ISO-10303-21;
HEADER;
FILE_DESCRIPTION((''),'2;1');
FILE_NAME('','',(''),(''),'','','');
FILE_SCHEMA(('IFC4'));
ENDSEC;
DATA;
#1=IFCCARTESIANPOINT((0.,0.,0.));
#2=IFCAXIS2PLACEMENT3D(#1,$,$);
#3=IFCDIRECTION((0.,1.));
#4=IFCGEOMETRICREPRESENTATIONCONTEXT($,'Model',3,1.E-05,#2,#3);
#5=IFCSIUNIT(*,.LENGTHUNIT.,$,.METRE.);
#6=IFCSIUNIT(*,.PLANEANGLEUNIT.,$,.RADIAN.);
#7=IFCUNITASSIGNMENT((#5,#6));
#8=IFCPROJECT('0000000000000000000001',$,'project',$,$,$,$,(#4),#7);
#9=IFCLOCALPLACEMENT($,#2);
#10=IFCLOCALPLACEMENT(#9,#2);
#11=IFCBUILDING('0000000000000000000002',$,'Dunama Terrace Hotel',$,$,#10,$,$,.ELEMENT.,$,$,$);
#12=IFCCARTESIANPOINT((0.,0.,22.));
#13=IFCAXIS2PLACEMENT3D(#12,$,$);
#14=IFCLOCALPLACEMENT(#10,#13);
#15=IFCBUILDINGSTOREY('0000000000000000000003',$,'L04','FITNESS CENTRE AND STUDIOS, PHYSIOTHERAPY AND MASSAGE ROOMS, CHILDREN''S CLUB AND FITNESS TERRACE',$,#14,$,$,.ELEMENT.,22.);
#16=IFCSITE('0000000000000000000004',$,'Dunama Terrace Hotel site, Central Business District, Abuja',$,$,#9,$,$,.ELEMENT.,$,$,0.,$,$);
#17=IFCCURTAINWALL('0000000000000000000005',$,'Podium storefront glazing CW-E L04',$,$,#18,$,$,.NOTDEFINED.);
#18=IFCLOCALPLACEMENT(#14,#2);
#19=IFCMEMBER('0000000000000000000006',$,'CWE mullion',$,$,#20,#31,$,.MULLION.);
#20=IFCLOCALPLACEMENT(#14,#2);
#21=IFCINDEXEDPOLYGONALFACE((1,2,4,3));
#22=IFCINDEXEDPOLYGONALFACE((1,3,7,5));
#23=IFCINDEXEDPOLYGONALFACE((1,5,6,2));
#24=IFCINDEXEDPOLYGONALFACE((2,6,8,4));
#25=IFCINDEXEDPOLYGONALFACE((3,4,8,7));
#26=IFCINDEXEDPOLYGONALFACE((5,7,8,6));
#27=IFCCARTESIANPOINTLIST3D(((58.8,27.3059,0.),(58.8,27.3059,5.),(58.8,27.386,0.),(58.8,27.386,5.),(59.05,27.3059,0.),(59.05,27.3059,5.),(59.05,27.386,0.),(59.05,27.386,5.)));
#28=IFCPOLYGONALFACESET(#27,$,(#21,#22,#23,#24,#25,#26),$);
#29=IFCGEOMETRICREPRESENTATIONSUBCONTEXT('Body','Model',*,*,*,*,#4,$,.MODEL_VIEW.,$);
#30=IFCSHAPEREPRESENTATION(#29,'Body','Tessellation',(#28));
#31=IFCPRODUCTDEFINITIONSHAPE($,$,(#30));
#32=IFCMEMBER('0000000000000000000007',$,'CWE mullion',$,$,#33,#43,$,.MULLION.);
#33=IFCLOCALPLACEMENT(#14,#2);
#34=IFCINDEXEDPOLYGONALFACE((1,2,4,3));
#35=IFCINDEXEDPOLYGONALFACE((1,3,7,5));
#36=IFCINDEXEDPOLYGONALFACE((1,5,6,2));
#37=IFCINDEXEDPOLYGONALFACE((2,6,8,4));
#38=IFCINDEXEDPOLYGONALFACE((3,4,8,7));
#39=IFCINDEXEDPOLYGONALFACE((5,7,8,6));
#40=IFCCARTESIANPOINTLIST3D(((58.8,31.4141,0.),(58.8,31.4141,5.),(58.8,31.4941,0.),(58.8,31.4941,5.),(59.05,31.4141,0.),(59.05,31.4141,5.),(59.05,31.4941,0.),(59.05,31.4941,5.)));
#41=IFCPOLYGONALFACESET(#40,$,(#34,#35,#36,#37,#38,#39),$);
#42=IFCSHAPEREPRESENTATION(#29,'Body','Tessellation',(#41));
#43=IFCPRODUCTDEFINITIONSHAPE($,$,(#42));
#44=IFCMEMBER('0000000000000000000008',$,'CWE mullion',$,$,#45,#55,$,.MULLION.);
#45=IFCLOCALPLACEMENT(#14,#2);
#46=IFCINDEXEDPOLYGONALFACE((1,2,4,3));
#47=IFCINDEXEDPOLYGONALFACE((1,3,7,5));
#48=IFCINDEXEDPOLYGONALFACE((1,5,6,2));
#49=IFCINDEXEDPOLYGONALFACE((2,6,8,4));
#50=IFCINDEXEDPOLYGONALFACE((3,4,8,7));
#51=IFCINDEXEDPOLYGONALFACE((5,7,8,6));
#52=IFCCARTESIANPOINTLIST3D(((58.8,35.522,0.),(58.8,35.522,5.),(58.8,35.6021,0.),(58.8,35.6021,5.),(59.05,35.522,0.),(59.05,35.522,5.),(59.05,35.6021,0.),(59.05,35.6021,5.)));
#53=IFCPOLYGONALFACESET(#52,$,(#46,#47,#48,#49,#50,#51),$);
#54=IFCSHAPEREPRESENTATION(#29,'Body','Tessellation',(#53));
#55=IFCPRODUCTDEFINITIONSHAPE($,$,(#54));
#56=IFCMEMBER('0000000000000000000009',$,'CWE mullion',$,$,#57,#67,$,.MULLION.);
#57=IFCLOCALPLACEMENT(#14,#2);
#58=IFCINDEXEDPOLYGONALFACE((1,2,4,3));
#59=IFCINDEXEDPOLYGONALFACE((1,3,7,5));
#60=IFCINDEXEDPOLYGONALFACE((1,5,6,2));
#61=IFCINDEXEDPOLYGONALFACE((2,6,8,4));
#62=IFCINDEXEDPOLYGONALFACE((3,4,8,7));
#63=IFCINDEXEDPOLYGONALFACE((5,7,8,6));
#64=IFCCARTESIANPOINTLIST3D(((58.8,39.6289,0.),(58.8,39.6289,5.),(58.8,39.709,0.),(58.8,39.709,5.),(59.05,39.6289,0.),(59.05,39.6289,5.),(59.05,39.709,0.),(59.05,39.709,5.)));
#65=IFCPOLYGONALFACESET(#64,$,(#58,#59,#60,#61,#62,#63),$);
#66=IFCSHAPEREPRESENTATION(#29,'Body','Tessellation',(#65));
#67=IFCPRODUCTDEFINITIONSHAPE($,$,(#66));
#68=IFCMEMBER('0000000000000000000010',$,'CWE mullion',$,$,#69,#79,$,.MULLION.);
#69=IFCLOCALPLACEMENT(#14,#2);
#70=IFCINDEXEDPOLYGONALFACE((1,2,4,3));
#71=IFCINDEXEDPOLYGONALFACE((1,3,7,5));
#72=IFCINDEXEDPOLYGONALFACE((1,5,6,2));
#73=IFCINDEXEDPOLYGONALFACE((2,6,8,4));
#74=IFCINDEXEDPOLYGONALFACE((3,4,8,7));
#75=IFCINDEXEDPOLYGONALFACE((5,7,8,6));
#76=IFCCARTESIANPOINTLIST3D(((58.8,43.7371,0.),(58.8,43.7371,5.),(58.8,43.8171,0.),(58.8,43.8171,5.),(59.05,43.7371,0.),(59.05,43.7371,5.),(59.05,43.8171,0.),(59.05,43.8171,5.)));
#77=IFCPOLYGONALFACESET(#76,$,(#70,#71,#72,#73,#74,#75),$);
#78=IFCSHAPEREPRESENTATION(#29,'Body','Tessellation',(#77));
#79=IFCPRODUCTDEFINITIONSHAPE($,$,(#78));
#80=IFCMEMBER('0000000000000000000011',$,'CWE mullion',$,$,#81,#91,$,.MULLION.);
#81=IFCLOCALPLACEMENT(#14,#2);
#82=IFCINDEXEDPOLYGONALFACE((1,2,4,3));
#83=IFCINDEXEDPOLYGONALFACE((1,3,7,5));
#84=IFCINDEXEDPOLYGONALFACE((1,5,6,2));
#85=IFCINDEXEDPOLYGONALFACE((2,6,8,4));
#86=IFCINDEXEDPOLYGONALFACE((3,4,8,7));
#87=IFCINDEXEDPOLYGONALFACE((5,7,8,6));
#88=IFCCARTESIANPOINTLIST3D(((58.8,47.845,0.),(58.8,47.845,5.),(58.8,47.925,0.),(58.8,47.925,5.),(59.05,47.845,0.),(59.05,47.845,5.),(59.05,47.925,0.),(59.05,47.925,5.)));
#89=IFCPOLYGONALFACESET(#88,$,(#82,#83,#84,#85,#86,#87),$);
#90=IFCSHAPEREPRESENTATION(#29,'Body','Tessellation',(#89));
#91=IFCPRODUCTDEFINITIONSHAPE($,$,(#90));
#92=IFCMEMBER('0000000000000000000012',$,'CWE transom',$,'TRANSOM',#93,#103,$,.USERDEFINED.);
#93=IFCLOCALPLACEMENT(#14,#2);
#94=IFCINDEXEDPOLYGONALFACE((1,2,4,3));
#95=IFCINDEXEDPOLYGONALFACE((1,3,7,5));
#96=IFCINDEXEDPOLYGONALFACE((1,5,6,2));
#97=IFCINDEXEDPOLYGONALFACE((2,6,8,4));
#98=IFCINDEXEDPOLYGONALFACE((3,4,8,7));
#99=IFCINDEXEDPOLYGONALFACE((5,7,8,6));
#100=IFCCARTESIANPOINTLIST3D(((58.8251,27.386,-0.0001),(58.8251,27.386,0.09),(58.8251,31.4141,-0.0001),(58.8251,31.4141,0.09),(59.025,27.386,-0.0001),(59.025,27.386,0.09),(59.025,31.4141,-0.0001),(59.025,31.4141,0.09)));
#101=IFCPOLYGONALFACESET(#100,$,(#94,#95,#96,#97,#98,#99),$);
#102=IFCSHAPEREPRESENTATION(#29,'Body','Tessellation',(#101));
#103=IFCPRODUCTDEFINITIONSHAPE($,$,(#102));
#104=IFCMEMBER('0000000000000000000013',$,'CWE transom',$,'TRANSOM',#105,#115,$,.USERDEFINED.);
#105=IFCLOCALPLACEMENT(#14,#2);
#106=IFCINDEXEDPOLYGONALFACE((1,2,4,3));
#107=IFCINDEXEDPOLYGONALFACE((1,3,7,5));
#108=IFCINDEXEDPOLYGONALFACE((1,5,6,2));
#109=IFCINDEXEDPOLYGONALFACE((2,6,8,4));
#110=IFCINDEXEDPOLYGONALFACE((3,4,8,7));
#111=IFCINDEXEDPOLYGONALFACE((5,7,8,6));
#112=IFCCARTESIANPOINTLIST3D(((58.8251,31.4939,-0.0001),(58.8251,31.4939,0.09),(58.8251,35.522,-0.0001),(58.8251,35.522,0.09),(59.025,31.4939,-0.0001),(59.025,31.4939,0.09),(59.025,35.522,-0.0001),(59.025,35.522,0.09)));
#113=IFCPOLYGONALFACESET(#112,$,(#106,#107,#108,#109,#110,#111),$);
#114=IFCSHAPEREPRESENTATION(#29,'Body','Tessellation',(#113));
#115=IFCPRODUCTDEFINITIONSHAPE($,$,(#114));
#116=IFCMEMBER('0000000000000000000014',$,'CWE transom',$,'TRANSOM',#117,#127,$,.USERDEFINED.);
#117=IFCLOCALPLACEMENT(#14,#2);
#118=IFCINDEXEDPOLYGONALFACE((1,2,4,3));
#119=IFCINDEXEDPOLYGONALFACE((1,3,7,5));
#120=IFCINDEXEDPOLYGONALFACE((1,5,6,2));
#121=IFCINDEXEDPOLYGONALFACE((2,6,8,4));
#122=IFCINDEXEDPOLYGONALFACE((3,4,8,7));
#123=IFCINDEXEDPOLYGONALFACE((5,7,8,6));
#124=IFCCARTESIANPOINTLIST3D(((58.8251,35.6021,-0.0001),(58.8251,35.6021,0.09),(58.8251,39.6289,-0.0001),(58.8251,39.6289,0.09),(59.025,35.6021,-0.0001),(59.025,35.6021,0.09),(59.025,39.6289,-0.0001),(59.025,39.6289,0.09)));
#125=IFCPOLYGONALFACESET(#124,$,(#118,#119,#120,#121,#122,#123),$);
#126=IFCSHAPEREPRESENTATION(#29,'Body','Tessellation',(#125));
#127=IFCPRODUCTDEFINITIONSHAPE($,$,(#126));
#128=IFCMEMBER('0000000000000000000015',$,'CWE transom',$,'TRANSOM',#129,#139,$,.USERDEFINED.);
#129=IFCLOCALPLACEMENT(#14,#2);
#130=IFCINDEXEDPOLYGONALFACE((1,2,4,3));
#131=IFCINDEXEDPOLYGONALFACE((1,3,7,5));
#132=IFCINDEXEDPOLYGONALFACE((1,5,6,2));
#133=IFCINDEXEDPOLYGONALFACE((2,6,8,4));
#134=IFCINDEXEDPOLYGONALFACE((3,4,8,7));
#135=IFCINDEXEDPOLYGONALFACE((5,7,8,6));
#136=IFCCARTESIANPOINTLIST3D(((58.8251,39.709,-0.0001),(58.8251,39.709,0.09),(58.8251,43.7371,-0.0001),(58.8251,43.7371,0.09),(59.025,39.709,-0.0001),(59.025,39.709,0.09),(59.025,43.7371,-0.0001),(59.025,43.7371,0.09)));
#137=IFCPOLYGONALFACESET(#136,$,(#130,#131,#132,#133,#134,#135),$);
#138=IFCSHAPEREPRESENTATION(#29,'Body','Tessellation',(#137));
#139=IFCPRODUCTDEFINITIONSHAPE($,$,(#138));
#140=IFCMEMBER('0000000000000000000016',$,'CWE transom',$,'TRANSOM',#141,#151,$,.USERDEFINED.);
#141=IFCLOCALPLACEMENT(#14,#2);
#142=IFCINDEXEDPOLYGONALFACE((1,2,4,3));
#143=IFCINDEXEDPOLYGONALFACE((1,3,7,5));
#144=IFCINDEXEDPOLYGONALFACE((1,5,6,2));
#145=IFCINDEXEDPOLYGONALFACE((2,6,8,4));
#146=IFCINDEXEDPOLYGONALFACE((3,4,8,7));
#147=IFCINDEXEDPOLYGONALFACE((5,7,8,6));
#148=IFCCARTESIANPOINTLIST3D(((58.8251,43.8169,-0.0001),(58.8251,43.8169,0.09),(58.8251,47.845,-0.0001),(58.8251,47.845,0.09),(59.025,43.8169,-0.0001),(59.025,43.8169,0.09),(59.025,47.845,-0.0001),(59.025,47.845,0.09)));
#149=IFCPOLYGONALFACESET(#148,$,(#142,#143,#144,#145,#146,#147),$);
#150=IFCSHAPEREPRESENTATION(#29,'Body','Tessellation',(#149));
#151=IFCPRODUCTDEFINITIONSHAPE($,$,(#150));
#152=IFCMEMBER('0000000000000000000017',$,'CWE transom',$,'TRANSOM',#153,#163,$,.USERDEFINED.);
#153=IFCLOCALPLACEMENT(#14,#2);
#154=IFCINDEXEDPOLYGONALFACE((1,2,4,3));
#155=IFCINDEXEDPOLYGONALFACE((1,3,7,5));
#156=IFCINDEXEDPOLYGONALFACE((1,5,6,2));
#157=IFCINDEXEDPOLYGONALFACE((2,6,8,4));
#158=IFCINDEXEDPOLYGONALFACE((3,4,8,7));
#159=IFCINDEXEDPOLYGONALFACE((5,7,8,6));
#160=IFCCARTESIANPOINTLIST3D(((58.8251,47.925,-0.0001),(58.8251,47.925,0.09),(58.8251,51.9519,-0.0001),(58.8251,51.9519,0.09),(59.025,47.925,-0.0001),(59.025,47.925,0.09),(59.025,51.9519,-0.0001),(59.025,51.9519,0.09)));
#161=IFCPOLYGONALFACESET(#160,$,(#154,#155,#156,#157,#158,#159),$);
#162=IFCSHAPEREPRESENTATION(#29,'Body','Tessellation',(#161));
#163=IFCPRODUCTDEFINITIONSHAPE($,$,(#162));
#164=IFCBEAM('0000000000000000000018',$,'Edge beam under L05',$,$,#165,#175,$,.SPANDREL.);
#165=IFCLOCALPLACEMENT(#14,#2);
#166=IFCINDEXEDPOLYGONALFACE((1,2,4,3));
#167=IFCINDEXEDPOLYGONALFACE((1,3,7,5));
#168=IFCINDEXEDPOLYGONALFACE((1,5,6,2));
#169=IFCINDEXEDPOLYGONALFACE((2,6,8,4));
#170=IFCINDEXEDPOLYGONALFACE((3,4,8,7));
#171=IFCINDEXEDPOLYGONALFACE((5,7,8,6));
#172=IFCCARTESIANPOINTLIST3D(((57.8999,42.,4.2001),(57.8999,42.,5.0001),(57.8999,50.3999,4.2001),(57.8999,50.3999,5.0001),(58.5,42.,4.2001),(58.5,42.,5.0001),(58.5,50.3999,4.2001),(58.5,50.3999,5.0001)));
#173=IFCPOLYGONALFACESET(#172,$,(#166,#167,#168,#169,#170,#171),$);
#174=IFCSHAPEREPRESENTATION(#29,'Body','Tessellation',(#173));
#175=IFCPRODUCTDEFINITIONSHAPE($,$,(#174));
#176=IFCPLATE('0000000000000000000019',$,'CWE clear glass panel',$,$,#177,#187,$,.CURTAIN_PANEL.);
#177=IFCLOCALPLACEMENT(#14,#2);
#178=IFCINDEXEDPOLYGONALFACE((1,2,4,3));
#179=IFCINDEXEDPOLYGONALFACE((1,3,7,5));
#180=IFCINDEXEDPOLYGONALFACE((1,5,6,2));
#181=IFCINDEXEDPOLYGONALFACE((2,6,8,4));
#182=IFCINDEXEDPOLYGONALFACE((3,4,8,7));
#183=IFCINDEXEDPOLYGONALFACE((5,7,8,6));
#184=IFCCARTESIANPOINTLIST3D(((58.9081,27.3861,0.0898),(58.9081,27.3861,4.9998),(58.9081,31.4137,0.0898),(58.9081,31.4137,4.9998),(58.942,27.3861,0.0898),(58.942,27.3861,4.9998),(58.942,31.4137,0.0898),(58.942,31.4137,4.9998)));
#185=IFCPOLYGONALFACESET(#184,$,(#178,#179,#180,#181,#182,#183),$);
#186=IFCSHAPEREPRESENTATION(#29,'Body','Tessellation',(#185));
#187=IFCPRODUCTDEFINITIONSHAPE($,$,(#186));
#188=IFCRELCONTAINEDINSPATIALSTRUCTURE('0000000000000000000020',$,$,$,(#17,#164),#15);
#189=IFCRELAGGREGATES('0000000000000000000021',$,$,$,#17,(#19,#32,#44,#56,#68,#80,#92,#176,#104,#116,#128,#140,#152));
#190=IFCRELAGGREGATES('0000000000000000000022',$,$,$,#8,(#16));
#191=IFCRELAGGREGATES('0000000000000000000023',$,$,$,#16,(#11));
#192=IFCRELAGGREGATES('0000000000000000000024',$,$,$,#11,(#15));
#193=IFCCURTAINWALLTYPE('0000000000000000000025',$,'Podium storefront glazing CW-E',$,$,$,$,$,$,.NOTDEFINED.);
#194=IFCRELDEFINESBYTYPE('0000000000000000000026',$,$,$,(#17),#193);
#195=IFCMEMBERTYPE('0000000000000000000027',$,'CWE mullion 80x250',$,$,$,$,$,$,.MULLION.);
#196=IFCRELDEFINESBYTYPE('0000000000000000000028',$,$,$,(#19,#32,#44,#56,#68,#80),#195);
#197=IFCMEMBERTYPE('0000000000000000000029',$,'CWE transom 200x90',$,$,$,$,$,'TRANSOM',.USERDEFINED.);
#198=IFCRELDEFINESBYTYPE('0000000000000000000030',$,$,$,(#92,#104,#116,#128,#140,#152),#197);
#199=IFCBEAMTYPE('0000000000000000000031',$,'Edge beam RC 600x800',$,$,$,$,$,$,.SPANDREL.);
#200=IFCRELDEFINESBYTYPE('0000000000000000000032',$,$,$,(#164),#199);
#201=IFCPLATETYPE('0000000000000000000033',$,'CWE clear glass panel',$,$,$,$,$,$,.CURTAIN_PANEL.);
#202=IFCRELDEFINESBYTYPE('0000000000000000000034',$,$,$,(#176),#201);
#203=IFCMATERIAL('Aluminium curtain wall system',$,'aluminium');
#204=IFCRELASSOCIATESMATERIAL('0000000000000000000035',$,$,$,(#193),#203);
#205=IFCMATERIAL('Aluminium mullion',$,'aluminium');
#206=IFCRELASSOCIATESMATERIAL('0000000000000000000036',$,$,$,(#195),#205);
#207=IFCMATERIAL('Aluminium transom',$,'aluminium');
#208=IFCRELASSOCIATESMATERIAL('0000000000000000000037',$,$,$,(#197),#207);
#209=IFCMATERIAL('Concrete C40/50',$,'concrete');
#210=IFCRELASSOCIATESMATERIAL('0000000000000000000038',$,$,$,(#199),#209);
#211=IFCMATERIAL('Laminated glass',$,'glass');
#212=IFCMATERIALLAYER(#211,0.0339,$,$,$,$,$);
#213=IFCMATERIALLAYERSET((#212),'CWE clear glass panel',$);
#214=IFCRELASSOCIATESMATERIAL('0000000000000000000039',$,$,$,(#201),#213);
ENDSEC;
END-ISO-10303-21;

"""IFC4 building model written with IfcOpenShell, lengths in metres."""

from ifc_helpers import new_model, si_unit, direction, frame, origin, origin_2d, place, context, subcontext, project, spatial, rectangle, extrude, material, layer, layer_set, material_profile, profile_set, type_object, element, aggregate, save


model = new_model("IFC4")

# Units and contexts
model_context = context("Model", 3, precision=1e-05, world=origin(), true_north=direction((0.0, 1.0)))
body_context = subcontext(model_context, "Body", "Model", "MODEL_VIEW")
ifc_project = project(units=[si_unit("LENGTHUNIT", "METRE"), si_unit("PLANEANGLEUNIT", "RADIAN")], contexts=[model_context])

# Site, building, storey
site_placement = place(None, origin())
site = spatial("IfcSite", under=ifc_project, at=site_placement, Name="Dunama Terrace Hotel site, Central Business District, Abuja", CompositionType="ELEMENT", RefElevation=0.0)
building_placement = place(site_placement, origin())
building = spatial("IfcBuilding", under=site, at=building_placement, Name="Dunama Terrace Hotel", CompositionType="ELEMENT")
storey_placement = place(building_placement, frame((0.0, 0.0, 22.0)))
storey = spatial("IfcBuildingStorey", under=building, at=storey_placement, Name="L04", Description="FITNESS CENTRE AND STUDIOS, PHYSIOTHERAPY AND MASSAGE ROOMS, CHILDREN'S CLUB AND FITNESS TERRACE", CompositionType="ELEMENT", Elevation=22.0)

# Curtain wall, members
ifc_material_1 = material(Name="Aluminium curtain wall system", Category="aluminium")
curtain_wall_type = type_object("IfcCurtainWallType", Name="Podium storefront glazing CW-E", PredefinedType="NOTDEFINED", material=ifc_material_1)
curtain_wall_placement = place(storey_placement, origin())
curtain_wall = element("IfcCurtainWall", 1, at=curtain_wall_placement, inside=storey, type_object=curtain_wall_type, Name="Podium storefront glazing CW-E L04", PredefinedType="NOTDEFINED")
ifc_material_2 = material(Name="Aluminium mullion", Category="aluminium")
ifc_material_profile_1 = material_profile(ifc_material_2, rectangle(XDim=0.0801, YDim=0.25, at=origin_2d()), Name="CWE MULLION 80X250")
ifc_profile_set_1 = profile_set([ifc_material_profile_1], Name="Aluminium mullion")
member_type_1 = type_object("IfcMemberType", Name="CWE mullion 80x250", PredefinedType="MULLION", material=ifc_profile_set_1)
member_1_placement = place(storey_placement, frame((58.925, 27.3459, 0.0), z_axis=(0.0, 0.0, 1.0), x_axis=(0.0, 1.0, 0.0)))
member_1 = element("IfcMember", 2, at=member_1_placement, type_object=member_type_1, Name="CWE mullion", PredefinedType="MULLION", context=body_context, shape_type="SweptSolid", body=[
    extrude(rectangle(XDim=0.0801, YDim=0.25, at=origin_2d()), origin(), (0.0, 0.0, 1.0), 5.0),
])
member_2_placement = place(storey_placement, frame((58.925, 31.4541, 0.0), z_axis=(0.0, 0.0, 1.0), x_axis=(0.0, 1.0, 0.0)))
member_2 = element("IfcMember", 3, at=member_2_placement, type_object=member_type_1, Name="CWE mullion", PredefinedType="MULLION", context=body_context, shape_type="SweptSolid", body=[
    extrude(rectangle(XDim=0.0801, YDim=0.25, at=origin_2d()), origin(), (0.0, 0.0, 1.0), 5.0),
])
member_3_placement = place(storey_placement, frame((58.925, 35.562, 0.0), z_axis=(0.0, 0.0, 1.0), x_axis=(0.0, 1.0, 0.0)))
member_3 = element("IfcMember", 4, at=member_3_placement, type_object=member_type_1, Name="CWE mullion", PredefinedType="MULLION", context=body_context, shape_type="SweptSolid", body=[
    extrude(rectangle(XDim=0.0801, YDim=0.25, at=origin_2d()), origin(), (0.0, 0.0, 1.0), 5.0),
])
member_4_placement = place(storey_placement, frame((58.925, 39.6689, 0.0), z_axis=(0.0, 0.0, 1.0), x_axis=(0.0, 1.0, 0.0)))
member_4 = element("IfcMember", 5, at=member_4_placement, type_object=member_type_1, Name="CWE mullion", PredefinedType="MULLION", context=body_context, shape_type="SweptSolid", body=[
    extrude(rectangle(XDim=0.0801, YDim=0.25, at=origin_2d()), origin(), (0.0, 0.0, 1.0), 5.0),
])
member_5_placement = place(storey_placement, frame((58.925, 43.7771, 0.0), z_axis=(0.0, 0.0, 1.0), x_axis=(0.0, 1.0, 0.0)))
member_5 = element("IfcMember", 6, at=member_5_placement, type_object=member_type_1, Name="CWE mullion", PredefinedType="MULLION", context=body_context, shape_type="SweptSolid", body=[
    extrude(rectangle(XDim=0.0801, YDim=0.25, at=origin_2d()), origin(), (0.0, 0.0, 1.0), 5.0),
])
member_6_placement = place(storey_placement, frame((58.925, 47.885, 0.0), z_axis=(0.0, 0.0, 1.0), x_axis=(0.0, 1.0, 0.0)))
member_6 = element("IfcMember", 7, at=member_6_placement, type_object=member_type_1, Name="CWE mullion", PredefinedType="MULLION", context=body_context, shape_type="SweptSolid", body=[
    extrude(rectangle(XDim=0.0801, YDim=0.25, at=origin_2d()), origin(), (0.0, 0.0, 1.0), 5.0),
])
ifc_material_3 = material(Name="Aluminium transom", Category="aluminium")
ifc_material_profile_2 = material_profile(ifc_material_3, rectangle(XDim=0.2, YDim=0.0901, at=origin_2d()), Name="CWE TRANSOM 200X90")
ifc_profile_set_2 = profile_set([ifc_material_profile_2], Name="Aluminium transom")
member_type_2 = type_object("IfcMemberType", Name="CWE transom 200x90", ElementType="TRANSOM", PredefinedType="USERDEFINED", material=ifc_profile_set_2)
member_7_placement = place(storey_placement, frame((58.925, 27.386, 0.0449), z_axis=(0.0, 1.0, 0.0), x_axis=(-1.0, 0.0, 0.0)))
member_7 = element("IfcMember", 8, at=member_7_placement, type_object=member_type_2, Name="CWE transom", ObjectType="TRANSOM", PredefinedType="USERDEFINED", context=body_context, shape_type="SweptSolid", body=[
    extrude(rectangle(XDim=0.2, YDim=0.0901, at=origin_2d()), origin(), (0.0, 0.0, 1.0), 4.0281),
])
member_8_placement = place(storey_placement, frame((58.925, 31.4939, 0.0449), z_axis=(0.0, 1.0, 0.0), x_axis=(-1.0, 0.0, 0.0)))
member_8 = element("IfcMember", 9, at=member_8_placement, type_object=member_type_2, Name="CWE transom", ObjectType="TRANSOM", PredefinedType="USERDEFINED", context=body_context, shape_type="SweptSolid", body=[
    extrude(rectangle(XDim=0.2, YDim=0.0901, at=origin_2d()), origin(), (0.0, 0.0, 1.0), 4.0281),
])
member_9_placement = place(storey_placement, frame((58.925, 35.6021, 0.0449), z_axis=(0.0, 1.0, 0.0), x_axis=(-1.0, 0.0, 0.0)))
member_9 = element("IfcMember", 10, at=member_9_placement, type_object=member_type_2, Name="CWE transom", ObjectType="TRANSOM", PredefinedType="USERDEFINED", context=body_context, shape_type="SweptSolid", body=[
    extrude(rectangle(XDim=0.2, YDim=0.0901, at=origin_2d()), origin(), (0.0, 0.0, 1.0), 4.0269),
])
member_10_placement = place(storey_placement, frame((58.925, 39.709, 0.0449), z_axis=(0.0, 1.0, 0.0), x_axis=(-1.0, 0.0, 0.0)))
member_10 = element("IfcMember", 11, at=member_10_placement, type_object=member_type_2, Name="CWE transom", ObjectType="TRANSOM", PredefinedType="USERDEFINED", context=body_context, shape_type="SweptSolid", body=[
    extrude(rectangle(XDim=0.2, YDim=0.0901, at=origin_2d()), origin(), (0.0, 0.0, 1.0), 4.0281),
])
member_11_placement = place(storey_placement, frame((58.925, 43.8169, 0.0449), z_axis=(0.0, 1.0, 0.0), x_axis=(-1.0, 0.0, 0.0)))
member_11 = element("IfcMember", 12, at=member_11_placement, type_object=member_type_2, Name="CWE transom", ObjectType="TRANSOM", PredefinedType="USERDEFINED", context=body_context, shape_type="SweptSolid", body=[
    extrude(rectangle(XDim=0.2, YDim=0.0901, at=origin_2d()), origin(), (0.0, 0.0, 1.0), 4.0281),
])
member_12_placement = place(storey_placement, frame((58.925, 47.925, 0.0449), z_axis=(0.0, 1.0, 0.0), x_axis=(-1.0, 0.0, 0.0)))
member_12 = element("IfcMember", 13, at=member_12_placement, type_object=member_type_2, Name="CWE transom", ObjectType="TRANSOM", PredefinedType="USERDEFINED", context=body_context, shape_type="SweptSolid", body=[
    extrude(rectangle(XDim=0.2, YDim=0.0901, at=origin_2d()), origin(), (0.0, 0.0, 1.0), 4.0269),
])

# Beam
ifc_material_4 = material(Name="Concrete C40/50", Category="concrete")
ifc_material_profile_3 = material_profile(ifc_material_4, rectangle(XDim=0.6001, YDim=0.8, at=origin_2d()), Name="RC 600x800")
ifc_profile_set_3 = profile_set([ifc_material_profile_3], Name="Concrete C40/50")
beam_type = type_object("IfcBeamType", Name="Edge beam RC 600x800", PredefinedType="SPANDREL", material=ifc_profile_set_3)
beam_placement = place(storey_placement, frame((58.2, 42.0, 4.6001), z_axis=(0.0, 1.0, 0.0), x_axis=(-1.0, 0.0, 0.0)))
element("IfcBeam", 14, at=beam_placement, inside=storey, type_object=beam_type, Name="Edge beam under L05", PredefinedType="SPANDREL", context=body_context, shape_type="SweptSolid", body=[
    extrude(rectangle(XDim=0.6001, YDim=0.8, at=origin_2d()), origin(), (0.0, 0.0, 1.0), 8.3999),
])

# Plate
ifc_material_5 = material(Name="Laminated glass", Category="glass")
ifc_layer_1 = layer(ifc_material_5, 0.0339)
ifc_layer_set_1 = layer_set([ifc_layer_1], Name="CWE clear glass panel")
plate_type_1 = type_object("IfcPlateType", Name="CWE clear glass panel", PredefinedType="CURTAIN_PANEL", material=ifc_layer_set_1)
plate_1_placement = place(storey_placement, frame((58.925, 29.3999, 0.0898), z_axis=(0.0, 0.0, 1.0), x_axis=(0.0, 1.0, 0.0)))
plate_1 = element("IfcPlate", 15, at=plate_1_placement, type_object=plate_type_1, Name="CWE clear glass panel", PredefinedType="CURTAIN_PANEL", context=body_context, shape_type="SweptSolid", body=[
    extrude(rectangle(XDim=4.0276, YDim=0.0339, at=origin_2d()), origin(), (0.0, 0.0, 1.0), 4.9099),
])
aggregate(curtain_wall, [member_1, member_2, member_3, member_4, member_5, member_6, member_7, plate_1, member_8, member_9, member_10, member_11, member_12])

save(model, "model.ifc")
